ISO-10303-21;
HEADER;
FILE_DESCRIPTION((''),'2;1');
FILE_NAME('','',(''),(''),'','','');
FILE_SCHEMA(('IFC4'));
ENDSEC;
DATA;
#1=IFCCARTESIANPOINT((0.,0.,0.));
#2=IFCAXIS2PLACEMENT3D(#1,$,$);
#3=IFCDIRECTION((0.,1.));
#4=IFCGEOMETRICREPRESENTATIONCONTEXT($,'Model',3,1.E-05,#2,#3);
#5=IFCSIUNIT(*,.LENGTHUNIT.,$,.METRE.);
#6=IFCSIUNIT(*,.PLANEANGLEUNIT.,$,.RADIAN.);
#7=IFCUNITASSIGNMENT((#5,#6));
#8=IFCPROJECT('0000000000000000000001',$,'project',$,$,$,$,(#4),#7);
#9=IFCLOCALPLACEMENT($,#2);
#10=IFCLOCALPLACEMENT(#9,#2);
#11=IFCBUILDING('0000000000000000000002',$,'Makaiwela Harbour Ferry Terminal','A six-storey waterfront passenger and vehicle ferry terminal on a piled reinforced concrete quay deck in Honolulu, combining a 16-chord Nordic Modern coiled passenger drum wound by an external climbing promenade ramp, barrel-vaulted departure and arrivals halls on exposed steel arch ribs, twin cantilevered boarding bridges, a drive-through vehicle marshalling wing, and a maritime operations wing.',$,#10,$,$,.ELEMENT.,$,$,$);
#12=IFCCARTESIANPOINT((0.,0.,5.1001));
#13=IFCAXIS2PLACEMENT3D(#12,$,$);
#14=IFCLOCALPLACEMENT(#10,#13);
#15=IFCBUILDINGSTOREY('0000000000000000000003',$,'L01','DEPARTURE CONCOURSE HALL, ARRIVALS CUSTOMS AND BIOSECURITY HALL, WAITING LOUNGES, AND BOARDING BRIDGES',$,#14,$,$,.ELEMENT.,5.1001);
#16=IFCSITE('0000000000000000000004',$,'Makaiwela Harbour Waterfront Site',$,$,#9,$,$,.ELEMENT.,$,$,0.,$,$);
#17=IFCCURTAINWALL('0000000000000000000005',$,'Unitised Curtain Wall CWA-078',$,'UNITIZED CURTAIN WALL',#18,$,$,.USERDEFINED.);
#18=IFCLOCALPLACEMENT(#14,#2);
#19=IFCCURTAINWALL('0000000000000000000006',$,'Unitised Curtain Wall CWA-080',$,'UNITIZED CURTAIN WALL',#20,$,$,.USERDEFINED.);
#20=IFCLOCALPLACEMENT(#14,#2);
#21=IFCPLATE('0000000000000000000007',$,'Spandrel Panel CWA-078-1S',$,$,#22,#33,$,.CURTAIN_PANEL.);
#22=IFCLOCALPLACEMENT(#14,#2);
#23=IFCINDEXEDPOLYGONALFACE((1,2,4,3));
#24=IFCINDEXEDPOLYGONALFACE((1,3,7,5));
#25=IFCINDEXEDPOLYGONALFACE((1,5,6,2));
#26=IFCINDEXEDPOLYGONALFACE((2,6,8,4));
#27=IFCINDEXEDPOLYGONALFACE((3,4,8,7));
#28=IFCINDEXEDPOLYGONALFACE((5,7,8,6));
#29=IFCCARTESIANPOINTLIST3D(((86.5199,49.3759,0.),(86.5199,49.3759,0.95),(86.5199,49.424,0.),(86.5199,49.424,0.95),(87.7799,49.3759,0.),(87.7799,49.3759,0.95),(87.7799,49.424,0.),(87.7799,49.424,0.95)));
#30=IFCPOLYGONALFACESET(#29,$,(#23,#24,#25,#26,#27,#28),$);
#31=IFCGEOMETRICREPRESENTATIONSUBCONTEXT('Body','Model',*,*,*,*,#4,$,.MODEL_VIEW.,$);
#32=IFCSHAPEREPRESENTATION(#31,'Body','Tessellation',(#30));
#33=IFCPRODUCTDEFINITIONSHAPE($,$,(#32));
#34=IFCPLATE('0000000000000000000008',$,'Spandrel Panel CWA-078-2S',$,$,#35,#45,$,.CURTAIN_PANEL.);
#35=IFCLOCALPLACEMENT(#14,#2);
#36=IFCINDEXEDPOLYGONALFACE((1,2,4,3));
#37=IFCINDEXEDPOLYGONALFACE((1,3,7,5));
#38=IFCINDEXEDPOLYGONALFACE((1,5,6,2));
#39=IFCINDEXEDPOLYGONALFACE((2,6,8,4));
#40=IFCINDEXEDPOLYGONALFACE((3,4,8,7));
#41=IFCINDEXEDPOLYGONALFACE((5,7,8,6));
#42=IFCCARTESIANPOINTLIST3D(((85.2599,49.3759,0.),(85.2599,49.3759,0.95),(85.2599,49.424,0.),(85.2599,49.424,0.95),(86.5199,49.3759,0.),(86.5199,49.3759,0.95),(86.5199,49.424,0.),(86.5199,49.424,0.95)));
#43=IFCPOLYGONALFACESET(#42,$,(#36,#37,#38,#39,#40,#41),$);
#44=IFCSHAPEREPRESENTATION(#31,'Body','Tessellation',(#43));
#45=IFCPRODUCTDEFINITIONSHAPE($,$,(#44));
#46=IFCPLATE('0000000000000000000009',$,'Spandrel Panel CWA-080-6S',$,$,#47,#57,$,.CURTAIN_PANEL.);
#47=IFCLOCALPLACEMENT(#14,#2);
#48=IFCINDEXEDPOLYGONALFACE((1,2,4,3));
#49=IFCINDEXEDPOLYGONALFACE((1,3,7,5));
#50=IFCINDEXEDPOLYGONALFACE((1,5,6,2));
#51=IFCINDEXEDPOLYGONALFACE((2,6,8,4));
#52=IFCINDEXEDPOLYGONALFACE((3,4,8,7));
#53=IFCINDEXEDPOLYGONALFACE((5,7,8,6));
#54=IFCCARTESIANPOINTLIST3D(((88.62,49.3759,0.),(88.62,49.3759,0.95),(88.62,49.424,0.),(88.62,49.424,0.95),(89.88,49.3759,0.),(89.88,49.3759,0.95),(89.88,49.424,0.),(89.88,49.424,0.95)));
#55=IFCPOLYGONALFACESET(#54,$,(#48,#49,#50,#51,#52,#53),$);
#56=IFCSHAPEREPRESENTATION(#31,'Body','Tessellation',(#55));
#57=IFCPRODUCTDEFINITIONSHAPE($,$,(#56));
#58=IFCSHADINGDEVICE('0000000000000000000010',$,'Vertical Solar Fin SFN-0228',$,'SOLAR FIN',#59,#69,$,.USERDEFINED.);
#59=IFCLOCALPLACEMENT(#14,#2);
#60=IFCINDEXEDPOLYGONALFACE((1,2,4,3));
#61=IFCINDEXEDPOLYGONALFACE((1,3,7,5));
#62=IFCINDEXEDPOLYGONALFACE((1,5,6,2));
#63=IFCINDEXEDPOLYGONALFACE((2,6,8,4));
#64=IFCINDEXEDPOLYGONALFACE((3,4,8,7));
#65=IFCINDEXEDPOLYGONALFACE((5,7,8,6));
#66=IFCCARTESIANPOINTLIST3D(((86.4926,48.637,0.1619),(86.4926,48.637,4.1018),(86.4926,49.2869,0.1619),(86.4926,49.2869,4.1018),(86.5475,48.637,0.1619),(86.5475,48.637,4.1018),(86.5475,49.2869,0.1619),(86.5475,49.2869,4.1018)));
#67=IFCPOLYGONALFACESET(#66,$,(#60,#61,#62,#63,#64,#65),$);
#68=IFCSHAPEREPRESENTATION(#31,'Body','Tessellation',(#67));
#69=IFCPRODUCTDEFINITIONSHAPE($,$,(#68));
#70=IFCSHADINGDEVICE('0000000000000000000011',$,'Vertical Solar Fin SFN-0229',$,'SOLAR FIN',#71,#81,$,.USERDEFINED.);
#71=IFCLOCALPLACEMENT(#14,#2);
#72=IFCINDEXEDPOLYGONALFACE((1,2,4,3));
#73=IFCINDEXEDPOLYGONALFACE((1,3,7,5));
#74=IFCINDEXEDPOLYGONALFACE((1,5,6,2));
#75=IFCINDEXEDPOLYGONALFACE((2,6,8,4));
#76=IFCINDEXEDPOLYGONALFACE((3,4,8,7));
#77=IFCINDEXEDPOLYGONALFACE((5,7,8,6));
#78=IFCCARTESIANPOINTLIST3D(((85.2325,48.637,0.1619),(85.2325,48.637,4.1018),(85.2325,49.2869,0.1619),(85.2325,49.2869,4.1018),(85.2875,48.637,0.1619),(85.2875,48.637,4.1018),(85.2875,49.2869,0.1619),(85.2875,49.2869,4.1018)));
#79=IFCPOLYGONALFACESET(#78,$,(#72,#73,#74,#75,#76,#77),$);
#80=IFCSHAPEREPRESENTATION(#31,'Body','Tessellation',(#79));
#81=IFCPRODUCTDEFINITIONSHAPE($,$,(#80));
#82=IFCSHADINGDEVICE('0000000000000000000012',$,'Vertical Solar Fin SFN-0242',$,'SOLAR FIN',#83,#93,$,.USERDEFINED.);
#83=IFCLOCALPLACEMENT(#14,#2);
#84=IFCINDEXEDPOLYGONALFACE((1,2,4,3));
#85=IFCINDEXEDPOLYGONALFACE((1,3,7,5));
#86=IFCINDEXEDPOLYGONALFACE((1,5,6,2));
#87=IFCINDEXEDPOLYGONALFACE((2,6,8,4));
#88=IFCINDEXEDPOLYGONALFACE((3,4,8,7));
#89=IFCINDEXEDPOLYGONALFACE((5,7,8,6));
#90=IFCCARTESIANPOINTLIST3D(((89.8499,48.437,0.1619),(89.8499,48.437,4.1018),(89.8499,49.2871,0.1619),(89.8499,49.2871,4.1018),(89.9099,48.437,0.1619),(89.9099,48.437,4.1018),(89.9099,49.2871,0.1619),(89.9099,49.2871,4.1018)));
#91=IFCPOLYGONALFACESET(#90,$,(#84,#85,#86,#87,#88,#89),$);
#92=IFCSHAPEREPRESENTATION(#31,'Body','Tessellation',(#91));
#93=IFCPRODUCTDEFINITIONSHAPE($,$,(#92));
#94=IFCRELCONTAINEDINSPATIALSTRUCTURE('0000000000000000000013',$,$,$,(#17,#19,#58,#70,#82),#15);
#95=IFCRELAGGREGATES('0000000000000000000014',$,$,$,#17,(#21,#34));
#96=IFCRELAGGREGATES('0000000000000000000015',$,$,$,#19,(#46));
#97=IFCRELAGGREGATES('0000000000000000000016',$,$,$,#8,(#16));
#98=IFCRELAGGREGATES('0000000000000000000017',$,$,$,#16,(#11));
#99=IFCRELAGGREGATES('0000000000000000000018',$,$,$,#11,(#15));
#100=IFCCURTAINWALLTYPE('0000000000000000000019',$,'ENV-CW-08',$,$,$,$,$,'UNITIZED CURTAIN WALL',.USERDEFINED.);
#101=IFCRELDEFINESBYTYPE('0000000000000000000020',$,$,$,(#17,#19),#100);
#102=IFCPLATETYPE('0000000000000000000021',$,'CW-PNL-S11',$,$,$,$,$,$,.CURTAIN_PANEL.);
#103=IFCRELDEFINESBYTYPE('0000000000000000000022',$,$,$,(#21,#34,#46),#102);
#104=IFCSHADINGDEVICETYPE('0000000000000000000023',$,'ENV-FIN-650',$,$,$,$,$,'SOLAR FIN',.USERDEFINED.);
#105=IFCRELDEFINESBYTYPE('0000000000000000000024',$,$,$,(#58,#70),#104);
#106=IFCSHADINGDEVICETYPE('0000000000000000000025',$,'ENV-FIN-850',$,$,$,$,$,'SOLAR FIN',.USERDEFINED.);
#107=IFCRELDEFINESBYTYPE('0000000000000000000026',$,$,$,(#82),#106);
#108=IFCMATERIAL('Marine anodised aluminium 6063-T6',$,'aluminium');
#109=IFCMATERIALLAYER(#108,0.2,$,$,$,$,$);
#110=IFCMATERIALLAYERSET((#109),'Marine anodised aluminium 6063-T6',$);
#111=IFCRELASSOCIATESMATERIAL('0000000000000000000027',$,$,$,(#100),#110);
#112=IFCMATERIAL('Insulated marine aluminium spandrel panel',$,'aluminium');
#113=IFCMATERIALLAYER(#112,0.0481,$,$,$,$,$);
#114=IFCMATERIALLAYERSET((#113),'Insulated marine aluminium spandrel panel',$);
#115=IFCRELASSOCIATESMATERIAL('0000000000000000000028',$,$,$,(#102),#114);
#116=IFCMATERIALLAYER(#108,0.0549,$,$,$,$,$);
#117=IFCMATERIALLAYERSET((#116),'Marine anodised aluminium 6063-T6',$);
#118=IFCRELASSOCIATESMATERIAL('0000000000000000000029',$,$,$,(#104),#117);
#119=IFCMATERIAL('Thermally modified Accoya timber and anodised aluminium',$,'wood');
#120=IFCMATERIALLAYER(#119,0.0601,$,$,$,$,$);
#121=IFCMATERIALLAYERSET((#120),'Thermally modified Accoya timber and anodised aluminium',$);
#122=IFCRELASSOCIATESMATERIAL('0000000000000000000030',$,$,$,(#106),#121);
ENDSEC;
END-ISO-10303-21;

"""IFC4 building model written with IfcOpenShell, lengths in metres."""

from ifc_helpers import new_model, si_unit, direction, frame, origin, origin_2d, place, context, subcontext, project, spatial, rectangle, extrude, material, layer, layer_set, type_object, element, aggregate, save


model = new_model("IFC4")

# Units and contexts
model_context = context("Model", 3, precision=1e-05, world=origin(), true_north=direction((0.0, 1.0)))
body_context = subcontext(model_context, "Body", "Model", "MODEL_VIEW")
ifc_project = project(units=[si_unit("LENGTHUNIT", "METRE"), si_unit("PLANEANGLEUNIT", "RADIAN")], contexts=[model_context])

# Site, building, storey
site_placement = place(None, origin())
site = spatial("IfcSite", under=ifc_project, at=site_placement, Name="Makaiwela Harbour Waterfront Site", CompositionType="ELEMENT", RefElevation=0.0)
building_placement = place(site_placement, origin())
building = spatial("IfcBuilding", under=site, at=building_placement, Name="Makaiwela Harbour Ferry Terminal", Description="A six-storey waterfront passenger and vehicle ferry terminal on a piled reinforced concrete quay deck in Honolulu, combining a 16-chord Nordic Modern coiled passenger drum wound by an external climbing promenade ramp, barrel-vaulted departure and arrivals halls on exposed steel arch ribs, twin cantilevered boarding bridges, a drive-through vehicle marshalling wing, and a maritime operations wing.", CompositionType="ELEMENT")
storey_placement = place(building_placement, frame((0.0, 0.0, 5.1001)))
storey = spatial("IfcBuildingStorey", under=building, at=storey_placement, Name="L01", Description="DEPARTURE CONCOURSE HALL, ARRIVALS CUSTOMS AND BIOSECURITY HALL, WAITING LOUNGES, AND BOARDING BRIDGES", CompositionType="ELEMENT", Elevation=5.1001)

# Curtain walls
ifc_material_1 = material(Name="Marine anodised aluminium 6063-T6", Category="aluminium")
ifc_layer_1 = layer(ifc_material_1, 0.2)
ifc_layer_set_1 = layer_set([ifc_layer_1], Name="Marine anodised aluminium 6063-T6")
curtain_wall_type = type_object("IfcCurtainWallType", Name="ENV-CW-08", ElementType="UNITIZED CURTAIN WALL", PredefinedType="USERDEFINED", material=ifc_layer_set_1)
curtain_wall_1_placement = place(storey_placement, origin())
curtain_wall_1 = element("IfcCurtainWall", 1, at=curtain_wall_1_placement, inside=storey, type_object=curtain_wall_type, Name="Unitised Curtain Wall CWA-078", ObjectType="UNITIZED CURTAIN WALL", PredefinedType="USERDEFINED")
curtain_wall_2_placement = place(storey_placement, origin())
curtain_wall_2 = element("IfcCurtainWall", 2, at=curtain_wall_2_placement, inside=storey, type_object=curtain_wall_type, Name="Unitised Curtain Wall CWA-080", ObjectType="UNITIZED CURTAIN WALL", PredefinedType="USERDEFINED")

# Plates
ifc_material_2 = material(Name="Insulated marine aluminium spandrel panel", Category="aluminium")
ifc_layer_2 = layer(ifc_material_2, 0.0481)
ifc_layer_set_2 = layer_set([ifc_layer_2], Name="Insulated marine aluminium spandrel panel")
plate_type_1 = type_object("IfcPlateType", Name="CW-PNL-S11", PredefinedType="CURTAIN_PANEL", material=ifc_layer_set_2)
plate_1_placement = place(storey_placement, frame((87.1499, 49.3999, 0.0), z_axis=(0.0, 0.0, 1.0), x_axis=(-1.0, 0.0, 0.0)))
plate_1 = element("IfcPlate", 3, at=plate_1_placement, type_object=plate_type_1, Name="Spandrel Panel CWA-078-1S", PredefinedType="CURTAIN_PANEL", context=body_context, shape_type="SweptSolid", body=[
    extrude(rectangle(XDim=1.26, YDim=0.0481, at=origin_2d()), origin(), (0.0, 0.0, 1.0), 0.95),
])
plate_2_placement = place(storey_placement, frame((85.8899, 49.3999, 0.0), z_axis=(0.0, 0.0, 1.0), x_axis=(-1.0, 0.0, 0.0)))
plate_2 = element("IfcPlate", 4, at=plate_2_placement, type_object=plate_type_1, Name="Spandrel Panel CWA-078-2S", PredefinedType="CURTAIN_PANEL", context=body_context, shape_type="SweptSolid", body=[
    extrude(rectangle(XDim=1.26, YDim=0.0481, at=origin_2d()), origin(), (0.0, 0.0, 1.0), 0.95),
])
aggregate(curtain_wall_1, [plate_1, plate_2])
plate_3_placement = place(storey_placement, frame((89.25, 49.3999, 0.0), z_axis=(0.0, 0.0, 1.0), x_axis=(-1.0, 0.0, 0.0)))
plate_3 = element("IfcPlate", 5, at=plate_3_placement, type_object=plate_type_1, Name="Spandrel Panel CWA-080-6S", PredefinedType="CURTAIN_PANEL", context=body_context, shape_type="SweptSolid", body=[
    extrude(rectangle(XDim=1.26, YDim=0.0481, at=origin_2d()), origin(), (0.0, 0.0, 1.0), 0.95),
])
aggregate(curtain_wall_2, [plate_3])

# Shading devices
ifc_layer_3 = layer(ifc_material_1, 0.0549)
ifc_layer_set_3 = layer_set([ifc_layer_3], Name="Marine anodised aluminium 6063-T6")
shading_device_type_1 = type_object("IfcShadingDeviceType", Name="ENV-FIN-650", ElementType="SOLAR FIN", PredefinedType="USERDEFINED", material=ifc_layer_set_3)
for number, where, z_axis, x_axis, name in (
    (6, (86.52, 48.9619, 0.1619), (0.0, 0.0, 1.0), (0.0, -1.0, 0.0), "Vertical Solar Fin SFN-0228"),
    (7, (85.26, 48.9619, 0.1619), (0.0, 0.0, 1.0), (0.0, -1.0, 0.0), "Vertical Solar Fin SFN-0229"),
):
    element("IfcShadingDevice", number, at=place(storey_placement, frame(where, z_axis=z_axis, x_axis=x_axis)), inside=storey, type_object=shading_device_type_1, Name=name, ObjectType="SOLAR FIN", PredefinedType="USERDEFINED", context=body_context, shape_type="SweptSolid", body=[
        extrude(rectangle(XDim=0.6499, YDim=0.0549, at=origin_2d()), origin(), (0.0, 0.0, 1.0), 3.9399),
    ])
ifc_material_3 = material(Name="Thermally modified Accoya timber and anodised aluminium", Category="wood")
ifc_layer_4 = layer(ifc_material_3, 0.0601)
ifc_layer_set_4 = layer_set([ifc_layer_4], Name="Thermally modified Accoya timber and anodised aluminium")
shading_device_type_2 = type_object("IfcShadingDeviceType", Name="ENV-FIN-850", ElementType="SOLAR FIN", PredefinedType="USERDEFINED", material=ifc_layer_set_4)
shading_device_placement = place(storey_placement, frame((89.8799, 48.8621, 0.1619), z_axis=(0.0, 0.0, 1.0), x_axis=(0.0, -1.0, 0.0)))
element("IfcShadingDevice", 8, at=shading_device_placement, inside=storey, type_object=shading_device_type_2, Name="Vertical Solar Fin SFN-0242", ObjectType="SOLAR FIN", PredefinedType="USERDEFINED", context=body_context, shape_type="SweptSolid", body=[
    extrude(rectangle(XDim=0.8501, YDim=0.0601, at=origin_2d()), origin(), (0.0, 0.0, 1.0), 3.9399),
])

save(model, "model.ifc")
